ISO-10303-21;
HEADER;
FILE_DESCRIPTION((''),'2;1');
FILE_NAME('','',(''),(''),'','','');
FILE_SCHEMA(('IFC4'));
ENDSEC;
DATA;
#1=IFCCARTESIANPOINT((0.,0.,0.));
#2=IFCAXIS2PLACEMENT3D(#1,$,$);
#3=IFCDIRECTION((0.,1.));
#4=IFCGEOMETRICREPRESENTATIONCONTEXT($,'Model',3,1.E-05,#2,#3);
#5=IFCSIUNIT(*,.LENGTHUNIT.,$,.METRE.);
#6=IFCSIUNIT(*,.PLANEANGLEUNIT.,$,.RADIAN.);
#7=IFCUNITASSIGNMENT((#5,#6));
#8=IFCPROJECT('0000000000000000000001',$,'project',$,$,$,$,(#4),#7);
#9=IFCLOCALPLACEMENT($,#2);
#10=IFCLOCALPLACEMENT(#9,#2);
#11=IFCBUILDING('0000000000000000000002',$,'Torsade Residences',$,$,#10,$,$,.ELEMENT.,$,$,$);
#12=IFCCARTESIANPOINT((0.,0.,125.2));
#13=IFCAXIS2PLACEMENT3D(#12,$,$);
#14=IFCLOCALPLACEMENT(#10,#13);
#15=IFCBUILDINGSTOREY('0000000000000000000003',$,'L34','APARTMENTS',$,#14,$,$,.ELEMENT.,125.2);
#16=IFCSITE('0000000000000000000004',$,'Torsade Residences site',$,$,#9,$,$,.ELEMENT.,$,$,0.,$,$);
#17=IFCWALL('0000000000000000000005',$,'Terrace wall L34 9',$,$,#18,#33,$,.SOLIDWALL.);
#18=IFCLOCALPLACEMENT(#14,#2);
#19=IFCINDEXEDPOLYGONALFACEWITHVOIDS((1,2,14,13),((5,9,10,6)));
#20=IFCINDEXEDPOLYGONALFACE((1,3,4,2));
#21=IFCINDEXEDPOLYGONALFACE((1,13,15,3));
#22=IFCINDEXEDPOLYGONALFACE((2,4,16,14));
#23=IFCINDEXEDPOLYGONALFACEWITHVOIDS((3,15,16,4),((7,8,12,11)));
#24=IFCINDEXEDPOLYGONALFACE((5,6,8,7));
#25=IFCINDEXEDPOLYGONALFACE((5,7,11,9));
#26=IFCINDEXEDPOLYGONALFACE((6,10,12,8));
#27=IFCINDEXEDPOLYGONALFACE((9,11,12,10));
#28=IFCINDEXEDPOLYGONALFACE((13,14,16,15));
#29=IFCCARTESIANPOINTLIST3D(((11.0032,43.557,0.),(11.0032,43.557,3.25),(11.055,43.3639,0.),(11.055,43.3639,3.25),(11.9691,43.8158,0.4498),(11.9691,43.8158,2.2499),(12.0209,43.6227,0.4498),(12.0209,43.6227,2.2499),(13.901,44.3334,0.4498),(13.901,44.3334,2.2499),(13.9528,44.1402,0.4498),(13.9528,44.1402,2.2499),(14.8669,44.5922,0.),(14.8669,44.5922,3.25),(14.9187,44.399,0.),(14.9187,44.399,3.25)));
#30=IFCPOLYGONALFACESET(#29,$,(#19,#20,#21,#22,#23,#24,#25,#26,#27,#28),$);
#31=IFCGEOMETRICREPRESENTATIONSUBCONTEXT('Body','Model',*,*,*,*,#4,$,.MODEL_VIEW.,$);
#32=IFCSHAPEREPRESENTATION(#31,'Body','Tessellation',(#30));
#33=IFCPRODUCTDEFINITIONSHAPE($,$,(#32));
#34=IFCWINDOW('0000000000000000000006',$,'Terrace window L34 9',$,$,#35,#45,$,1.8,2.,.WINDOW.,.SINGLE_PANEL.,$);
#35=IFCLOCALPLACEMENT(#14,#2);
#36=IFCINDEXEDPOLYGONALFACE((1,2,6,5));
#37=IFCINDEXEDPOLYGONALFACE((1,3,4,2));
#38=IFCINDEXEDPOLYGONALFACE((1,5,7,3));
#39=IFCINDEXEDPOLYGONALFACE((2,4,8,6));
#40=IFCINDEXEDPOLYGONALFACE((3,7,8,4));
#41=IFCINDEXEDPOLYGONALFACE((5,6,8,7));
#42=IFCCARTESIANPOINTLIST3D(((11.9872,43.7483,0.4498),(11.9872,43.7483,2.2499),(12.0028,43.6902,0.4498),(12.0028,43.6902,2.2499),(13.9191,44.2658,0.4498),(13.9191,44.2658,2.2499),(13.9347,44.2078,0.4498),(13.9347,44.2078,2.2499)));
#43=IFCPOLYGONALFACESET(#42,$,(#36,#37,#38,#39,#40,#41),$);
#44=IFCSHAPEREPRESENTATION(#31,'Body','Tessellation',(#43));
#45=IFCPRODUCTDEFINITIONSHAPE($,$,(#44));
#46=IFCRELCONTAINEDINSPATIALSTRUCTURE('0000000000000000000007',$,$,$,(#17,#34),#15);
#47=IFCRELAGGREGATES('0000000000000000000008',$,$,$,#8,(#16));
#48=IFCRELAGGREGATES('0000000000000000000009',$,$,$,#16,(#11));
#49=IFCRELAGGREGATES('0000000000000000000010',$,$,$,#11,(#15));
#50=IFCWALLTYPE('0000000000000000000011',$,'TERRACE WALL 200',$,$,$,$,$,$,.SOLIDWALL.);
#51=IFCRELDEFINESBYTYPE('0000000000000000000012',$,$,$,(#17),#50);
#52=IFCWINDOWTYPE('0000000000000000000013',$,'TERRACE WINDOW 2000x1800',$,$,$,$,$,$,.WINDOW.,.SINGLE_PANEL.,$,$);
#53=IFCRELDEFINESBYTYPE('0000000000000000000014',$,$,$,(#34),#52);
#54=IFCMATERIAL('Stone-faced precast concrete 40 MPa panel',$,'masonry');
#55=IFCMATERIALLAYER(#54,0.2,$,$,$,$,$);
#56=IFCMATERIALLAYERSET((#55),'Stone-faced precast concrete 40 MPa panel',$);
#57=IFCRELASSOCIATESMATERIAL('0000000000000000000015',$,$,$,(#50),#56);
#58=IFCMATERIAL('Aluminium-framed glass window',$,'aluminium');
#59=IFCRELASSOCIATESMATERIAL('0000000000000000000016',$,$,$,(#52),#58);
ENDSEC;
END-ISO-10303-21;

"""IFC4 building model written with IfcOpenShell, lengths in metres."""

from ifc_helpers import new_model, si_unit, direction, frame, frame_2d, origin, place, context, subcontext, project, spatial, rectangle, extrude, material, layer, layer_set, type_object, element, fill, save


model = new_model("IFC4")

# Units and contexts
model_context = context("Model", 3, precision=1e-05, world=origin(), true_north=direction((0.0, 1.0)))
body_context = subcontext(model_context, "Body", "Model", "MODEL_VIEW")
ifc_project = project(units=[si_unit("LENGTHUNIT", "METRE"), si_unit("PLANEANGLEUNIT", "RADIAN")], contexts=[model_context])

# Site, building, storey
site_placement = place(None, origin())
site = spatial("IfcSite", under=ifc_project, at=site_placement, Name="Torsade Residences site", CompositionType="ELEMENT", RefElevation=0.0)
building_placement = place(site_placement, origin())
building = spatial("IfcBuilding", under=site, at=building_placement, Name="Torsade Residences", CompositionType="ELEMENT")
storey_placement = place(building_placement, frame((0.0, 0.0, 125.2)))
storey = spatial("IfcBuildingStorey", under=building, at=storey_placement, Name="L34", Description="APARTMENTS", CompositionType="ELEMENT", Elevation=125.2)

# Shared definitions
ifc_material_1 = material(Name="Stone-faced precast concrete 40 MPa panel", Category="masonry")
ifc_layer_1 = layer(ifc_material_1, 0.2)
ifc_layer_set_1 = layer_set([ifc_layer_1], Name="Stone-faced precast concrete 40 MPa panel")
wall_type_1 = type_object("IfcWallType", Name="TERRACE WALL 200", PredefinedType="SOLIDWALL", material=ifc_layer_set_1)

# Wall, opening, window
wall_1_placement = place(storey_placement, frame((14.8928, 44.4956, 0.0), z_axis=(0.0, 0.0, 1.0), x_axis=(-0.965934, -0.258787, 0.0)))
wall_1 = element("IfcWall", 1, at=wall_1_placement, inside=storey, type_object=wall_type_1, Name="Terrace wall L34 9", PredefinedType="SOLIDWALL", context=body_context, shape_type="SweptSolid", body=[
    extrude(rectangle(XDim=4.0, YDim=0.2, at=frame_2d((2.0, 0.0))), origin(), (0.0, 0.0, 1.0), 3.25),
])
opening_1_placement = place(wall_1_placement, frame((1.0, 0.0, 0.45)))
opening_1 = element("IfcOpeningElement", 2, at=opening_1_placement, cuts=wall_1, PredefinedType="OPENING", context=body_context, shape_type="SweptSolid", body=[
    extrude(rectangle(XDim=2.0, YDim=1.8, at=frame_2d((1.0, 0.8999))), frame((0.0, 0.1099, 0.0), z_axis=(0.0, -1.0, 0.0), x_axis=(1.0, 0.0, 0.0)), (0.0, 0.0, 1.0), 0.22),
])
ifc_material_2 = material(Name="Aluminium-framed glass window", Category="aluminium")
window_type = type_object("IfcWindowType", Name="TERRACE WINDOW 2000x1800", PartitioningType="SINGLE_PANEL", PredefinedType="WINDOW", material=ifc_material_2)
window_placement = place(opening_1_placement, origin())
window = element("IfcWindow", 3, at=window_placement, inside=storey, type_object=window_type, Name="Terrace window L34 9", OverallHeight=1.8, OverallWidth=2.0, PartitioningType="SINGLE_PANEL", PredefinedType="WINDOW", context=body_context, shape_type="SweptSolid", body=[
    extrude(rectangle(XDim=2.0, YDim=1.8, at=frame_2d((1.0, 0.8999))), frame((0.0, 0.03, 0.0), z_axis=(0.0, -1.0, 0.0), x_axis=(1.0, 0.0, 0.0)), (0.0, 0.0, 1.0), 0.0601),
])
fill(opening_1, window)

save(model, "model.ifc")
